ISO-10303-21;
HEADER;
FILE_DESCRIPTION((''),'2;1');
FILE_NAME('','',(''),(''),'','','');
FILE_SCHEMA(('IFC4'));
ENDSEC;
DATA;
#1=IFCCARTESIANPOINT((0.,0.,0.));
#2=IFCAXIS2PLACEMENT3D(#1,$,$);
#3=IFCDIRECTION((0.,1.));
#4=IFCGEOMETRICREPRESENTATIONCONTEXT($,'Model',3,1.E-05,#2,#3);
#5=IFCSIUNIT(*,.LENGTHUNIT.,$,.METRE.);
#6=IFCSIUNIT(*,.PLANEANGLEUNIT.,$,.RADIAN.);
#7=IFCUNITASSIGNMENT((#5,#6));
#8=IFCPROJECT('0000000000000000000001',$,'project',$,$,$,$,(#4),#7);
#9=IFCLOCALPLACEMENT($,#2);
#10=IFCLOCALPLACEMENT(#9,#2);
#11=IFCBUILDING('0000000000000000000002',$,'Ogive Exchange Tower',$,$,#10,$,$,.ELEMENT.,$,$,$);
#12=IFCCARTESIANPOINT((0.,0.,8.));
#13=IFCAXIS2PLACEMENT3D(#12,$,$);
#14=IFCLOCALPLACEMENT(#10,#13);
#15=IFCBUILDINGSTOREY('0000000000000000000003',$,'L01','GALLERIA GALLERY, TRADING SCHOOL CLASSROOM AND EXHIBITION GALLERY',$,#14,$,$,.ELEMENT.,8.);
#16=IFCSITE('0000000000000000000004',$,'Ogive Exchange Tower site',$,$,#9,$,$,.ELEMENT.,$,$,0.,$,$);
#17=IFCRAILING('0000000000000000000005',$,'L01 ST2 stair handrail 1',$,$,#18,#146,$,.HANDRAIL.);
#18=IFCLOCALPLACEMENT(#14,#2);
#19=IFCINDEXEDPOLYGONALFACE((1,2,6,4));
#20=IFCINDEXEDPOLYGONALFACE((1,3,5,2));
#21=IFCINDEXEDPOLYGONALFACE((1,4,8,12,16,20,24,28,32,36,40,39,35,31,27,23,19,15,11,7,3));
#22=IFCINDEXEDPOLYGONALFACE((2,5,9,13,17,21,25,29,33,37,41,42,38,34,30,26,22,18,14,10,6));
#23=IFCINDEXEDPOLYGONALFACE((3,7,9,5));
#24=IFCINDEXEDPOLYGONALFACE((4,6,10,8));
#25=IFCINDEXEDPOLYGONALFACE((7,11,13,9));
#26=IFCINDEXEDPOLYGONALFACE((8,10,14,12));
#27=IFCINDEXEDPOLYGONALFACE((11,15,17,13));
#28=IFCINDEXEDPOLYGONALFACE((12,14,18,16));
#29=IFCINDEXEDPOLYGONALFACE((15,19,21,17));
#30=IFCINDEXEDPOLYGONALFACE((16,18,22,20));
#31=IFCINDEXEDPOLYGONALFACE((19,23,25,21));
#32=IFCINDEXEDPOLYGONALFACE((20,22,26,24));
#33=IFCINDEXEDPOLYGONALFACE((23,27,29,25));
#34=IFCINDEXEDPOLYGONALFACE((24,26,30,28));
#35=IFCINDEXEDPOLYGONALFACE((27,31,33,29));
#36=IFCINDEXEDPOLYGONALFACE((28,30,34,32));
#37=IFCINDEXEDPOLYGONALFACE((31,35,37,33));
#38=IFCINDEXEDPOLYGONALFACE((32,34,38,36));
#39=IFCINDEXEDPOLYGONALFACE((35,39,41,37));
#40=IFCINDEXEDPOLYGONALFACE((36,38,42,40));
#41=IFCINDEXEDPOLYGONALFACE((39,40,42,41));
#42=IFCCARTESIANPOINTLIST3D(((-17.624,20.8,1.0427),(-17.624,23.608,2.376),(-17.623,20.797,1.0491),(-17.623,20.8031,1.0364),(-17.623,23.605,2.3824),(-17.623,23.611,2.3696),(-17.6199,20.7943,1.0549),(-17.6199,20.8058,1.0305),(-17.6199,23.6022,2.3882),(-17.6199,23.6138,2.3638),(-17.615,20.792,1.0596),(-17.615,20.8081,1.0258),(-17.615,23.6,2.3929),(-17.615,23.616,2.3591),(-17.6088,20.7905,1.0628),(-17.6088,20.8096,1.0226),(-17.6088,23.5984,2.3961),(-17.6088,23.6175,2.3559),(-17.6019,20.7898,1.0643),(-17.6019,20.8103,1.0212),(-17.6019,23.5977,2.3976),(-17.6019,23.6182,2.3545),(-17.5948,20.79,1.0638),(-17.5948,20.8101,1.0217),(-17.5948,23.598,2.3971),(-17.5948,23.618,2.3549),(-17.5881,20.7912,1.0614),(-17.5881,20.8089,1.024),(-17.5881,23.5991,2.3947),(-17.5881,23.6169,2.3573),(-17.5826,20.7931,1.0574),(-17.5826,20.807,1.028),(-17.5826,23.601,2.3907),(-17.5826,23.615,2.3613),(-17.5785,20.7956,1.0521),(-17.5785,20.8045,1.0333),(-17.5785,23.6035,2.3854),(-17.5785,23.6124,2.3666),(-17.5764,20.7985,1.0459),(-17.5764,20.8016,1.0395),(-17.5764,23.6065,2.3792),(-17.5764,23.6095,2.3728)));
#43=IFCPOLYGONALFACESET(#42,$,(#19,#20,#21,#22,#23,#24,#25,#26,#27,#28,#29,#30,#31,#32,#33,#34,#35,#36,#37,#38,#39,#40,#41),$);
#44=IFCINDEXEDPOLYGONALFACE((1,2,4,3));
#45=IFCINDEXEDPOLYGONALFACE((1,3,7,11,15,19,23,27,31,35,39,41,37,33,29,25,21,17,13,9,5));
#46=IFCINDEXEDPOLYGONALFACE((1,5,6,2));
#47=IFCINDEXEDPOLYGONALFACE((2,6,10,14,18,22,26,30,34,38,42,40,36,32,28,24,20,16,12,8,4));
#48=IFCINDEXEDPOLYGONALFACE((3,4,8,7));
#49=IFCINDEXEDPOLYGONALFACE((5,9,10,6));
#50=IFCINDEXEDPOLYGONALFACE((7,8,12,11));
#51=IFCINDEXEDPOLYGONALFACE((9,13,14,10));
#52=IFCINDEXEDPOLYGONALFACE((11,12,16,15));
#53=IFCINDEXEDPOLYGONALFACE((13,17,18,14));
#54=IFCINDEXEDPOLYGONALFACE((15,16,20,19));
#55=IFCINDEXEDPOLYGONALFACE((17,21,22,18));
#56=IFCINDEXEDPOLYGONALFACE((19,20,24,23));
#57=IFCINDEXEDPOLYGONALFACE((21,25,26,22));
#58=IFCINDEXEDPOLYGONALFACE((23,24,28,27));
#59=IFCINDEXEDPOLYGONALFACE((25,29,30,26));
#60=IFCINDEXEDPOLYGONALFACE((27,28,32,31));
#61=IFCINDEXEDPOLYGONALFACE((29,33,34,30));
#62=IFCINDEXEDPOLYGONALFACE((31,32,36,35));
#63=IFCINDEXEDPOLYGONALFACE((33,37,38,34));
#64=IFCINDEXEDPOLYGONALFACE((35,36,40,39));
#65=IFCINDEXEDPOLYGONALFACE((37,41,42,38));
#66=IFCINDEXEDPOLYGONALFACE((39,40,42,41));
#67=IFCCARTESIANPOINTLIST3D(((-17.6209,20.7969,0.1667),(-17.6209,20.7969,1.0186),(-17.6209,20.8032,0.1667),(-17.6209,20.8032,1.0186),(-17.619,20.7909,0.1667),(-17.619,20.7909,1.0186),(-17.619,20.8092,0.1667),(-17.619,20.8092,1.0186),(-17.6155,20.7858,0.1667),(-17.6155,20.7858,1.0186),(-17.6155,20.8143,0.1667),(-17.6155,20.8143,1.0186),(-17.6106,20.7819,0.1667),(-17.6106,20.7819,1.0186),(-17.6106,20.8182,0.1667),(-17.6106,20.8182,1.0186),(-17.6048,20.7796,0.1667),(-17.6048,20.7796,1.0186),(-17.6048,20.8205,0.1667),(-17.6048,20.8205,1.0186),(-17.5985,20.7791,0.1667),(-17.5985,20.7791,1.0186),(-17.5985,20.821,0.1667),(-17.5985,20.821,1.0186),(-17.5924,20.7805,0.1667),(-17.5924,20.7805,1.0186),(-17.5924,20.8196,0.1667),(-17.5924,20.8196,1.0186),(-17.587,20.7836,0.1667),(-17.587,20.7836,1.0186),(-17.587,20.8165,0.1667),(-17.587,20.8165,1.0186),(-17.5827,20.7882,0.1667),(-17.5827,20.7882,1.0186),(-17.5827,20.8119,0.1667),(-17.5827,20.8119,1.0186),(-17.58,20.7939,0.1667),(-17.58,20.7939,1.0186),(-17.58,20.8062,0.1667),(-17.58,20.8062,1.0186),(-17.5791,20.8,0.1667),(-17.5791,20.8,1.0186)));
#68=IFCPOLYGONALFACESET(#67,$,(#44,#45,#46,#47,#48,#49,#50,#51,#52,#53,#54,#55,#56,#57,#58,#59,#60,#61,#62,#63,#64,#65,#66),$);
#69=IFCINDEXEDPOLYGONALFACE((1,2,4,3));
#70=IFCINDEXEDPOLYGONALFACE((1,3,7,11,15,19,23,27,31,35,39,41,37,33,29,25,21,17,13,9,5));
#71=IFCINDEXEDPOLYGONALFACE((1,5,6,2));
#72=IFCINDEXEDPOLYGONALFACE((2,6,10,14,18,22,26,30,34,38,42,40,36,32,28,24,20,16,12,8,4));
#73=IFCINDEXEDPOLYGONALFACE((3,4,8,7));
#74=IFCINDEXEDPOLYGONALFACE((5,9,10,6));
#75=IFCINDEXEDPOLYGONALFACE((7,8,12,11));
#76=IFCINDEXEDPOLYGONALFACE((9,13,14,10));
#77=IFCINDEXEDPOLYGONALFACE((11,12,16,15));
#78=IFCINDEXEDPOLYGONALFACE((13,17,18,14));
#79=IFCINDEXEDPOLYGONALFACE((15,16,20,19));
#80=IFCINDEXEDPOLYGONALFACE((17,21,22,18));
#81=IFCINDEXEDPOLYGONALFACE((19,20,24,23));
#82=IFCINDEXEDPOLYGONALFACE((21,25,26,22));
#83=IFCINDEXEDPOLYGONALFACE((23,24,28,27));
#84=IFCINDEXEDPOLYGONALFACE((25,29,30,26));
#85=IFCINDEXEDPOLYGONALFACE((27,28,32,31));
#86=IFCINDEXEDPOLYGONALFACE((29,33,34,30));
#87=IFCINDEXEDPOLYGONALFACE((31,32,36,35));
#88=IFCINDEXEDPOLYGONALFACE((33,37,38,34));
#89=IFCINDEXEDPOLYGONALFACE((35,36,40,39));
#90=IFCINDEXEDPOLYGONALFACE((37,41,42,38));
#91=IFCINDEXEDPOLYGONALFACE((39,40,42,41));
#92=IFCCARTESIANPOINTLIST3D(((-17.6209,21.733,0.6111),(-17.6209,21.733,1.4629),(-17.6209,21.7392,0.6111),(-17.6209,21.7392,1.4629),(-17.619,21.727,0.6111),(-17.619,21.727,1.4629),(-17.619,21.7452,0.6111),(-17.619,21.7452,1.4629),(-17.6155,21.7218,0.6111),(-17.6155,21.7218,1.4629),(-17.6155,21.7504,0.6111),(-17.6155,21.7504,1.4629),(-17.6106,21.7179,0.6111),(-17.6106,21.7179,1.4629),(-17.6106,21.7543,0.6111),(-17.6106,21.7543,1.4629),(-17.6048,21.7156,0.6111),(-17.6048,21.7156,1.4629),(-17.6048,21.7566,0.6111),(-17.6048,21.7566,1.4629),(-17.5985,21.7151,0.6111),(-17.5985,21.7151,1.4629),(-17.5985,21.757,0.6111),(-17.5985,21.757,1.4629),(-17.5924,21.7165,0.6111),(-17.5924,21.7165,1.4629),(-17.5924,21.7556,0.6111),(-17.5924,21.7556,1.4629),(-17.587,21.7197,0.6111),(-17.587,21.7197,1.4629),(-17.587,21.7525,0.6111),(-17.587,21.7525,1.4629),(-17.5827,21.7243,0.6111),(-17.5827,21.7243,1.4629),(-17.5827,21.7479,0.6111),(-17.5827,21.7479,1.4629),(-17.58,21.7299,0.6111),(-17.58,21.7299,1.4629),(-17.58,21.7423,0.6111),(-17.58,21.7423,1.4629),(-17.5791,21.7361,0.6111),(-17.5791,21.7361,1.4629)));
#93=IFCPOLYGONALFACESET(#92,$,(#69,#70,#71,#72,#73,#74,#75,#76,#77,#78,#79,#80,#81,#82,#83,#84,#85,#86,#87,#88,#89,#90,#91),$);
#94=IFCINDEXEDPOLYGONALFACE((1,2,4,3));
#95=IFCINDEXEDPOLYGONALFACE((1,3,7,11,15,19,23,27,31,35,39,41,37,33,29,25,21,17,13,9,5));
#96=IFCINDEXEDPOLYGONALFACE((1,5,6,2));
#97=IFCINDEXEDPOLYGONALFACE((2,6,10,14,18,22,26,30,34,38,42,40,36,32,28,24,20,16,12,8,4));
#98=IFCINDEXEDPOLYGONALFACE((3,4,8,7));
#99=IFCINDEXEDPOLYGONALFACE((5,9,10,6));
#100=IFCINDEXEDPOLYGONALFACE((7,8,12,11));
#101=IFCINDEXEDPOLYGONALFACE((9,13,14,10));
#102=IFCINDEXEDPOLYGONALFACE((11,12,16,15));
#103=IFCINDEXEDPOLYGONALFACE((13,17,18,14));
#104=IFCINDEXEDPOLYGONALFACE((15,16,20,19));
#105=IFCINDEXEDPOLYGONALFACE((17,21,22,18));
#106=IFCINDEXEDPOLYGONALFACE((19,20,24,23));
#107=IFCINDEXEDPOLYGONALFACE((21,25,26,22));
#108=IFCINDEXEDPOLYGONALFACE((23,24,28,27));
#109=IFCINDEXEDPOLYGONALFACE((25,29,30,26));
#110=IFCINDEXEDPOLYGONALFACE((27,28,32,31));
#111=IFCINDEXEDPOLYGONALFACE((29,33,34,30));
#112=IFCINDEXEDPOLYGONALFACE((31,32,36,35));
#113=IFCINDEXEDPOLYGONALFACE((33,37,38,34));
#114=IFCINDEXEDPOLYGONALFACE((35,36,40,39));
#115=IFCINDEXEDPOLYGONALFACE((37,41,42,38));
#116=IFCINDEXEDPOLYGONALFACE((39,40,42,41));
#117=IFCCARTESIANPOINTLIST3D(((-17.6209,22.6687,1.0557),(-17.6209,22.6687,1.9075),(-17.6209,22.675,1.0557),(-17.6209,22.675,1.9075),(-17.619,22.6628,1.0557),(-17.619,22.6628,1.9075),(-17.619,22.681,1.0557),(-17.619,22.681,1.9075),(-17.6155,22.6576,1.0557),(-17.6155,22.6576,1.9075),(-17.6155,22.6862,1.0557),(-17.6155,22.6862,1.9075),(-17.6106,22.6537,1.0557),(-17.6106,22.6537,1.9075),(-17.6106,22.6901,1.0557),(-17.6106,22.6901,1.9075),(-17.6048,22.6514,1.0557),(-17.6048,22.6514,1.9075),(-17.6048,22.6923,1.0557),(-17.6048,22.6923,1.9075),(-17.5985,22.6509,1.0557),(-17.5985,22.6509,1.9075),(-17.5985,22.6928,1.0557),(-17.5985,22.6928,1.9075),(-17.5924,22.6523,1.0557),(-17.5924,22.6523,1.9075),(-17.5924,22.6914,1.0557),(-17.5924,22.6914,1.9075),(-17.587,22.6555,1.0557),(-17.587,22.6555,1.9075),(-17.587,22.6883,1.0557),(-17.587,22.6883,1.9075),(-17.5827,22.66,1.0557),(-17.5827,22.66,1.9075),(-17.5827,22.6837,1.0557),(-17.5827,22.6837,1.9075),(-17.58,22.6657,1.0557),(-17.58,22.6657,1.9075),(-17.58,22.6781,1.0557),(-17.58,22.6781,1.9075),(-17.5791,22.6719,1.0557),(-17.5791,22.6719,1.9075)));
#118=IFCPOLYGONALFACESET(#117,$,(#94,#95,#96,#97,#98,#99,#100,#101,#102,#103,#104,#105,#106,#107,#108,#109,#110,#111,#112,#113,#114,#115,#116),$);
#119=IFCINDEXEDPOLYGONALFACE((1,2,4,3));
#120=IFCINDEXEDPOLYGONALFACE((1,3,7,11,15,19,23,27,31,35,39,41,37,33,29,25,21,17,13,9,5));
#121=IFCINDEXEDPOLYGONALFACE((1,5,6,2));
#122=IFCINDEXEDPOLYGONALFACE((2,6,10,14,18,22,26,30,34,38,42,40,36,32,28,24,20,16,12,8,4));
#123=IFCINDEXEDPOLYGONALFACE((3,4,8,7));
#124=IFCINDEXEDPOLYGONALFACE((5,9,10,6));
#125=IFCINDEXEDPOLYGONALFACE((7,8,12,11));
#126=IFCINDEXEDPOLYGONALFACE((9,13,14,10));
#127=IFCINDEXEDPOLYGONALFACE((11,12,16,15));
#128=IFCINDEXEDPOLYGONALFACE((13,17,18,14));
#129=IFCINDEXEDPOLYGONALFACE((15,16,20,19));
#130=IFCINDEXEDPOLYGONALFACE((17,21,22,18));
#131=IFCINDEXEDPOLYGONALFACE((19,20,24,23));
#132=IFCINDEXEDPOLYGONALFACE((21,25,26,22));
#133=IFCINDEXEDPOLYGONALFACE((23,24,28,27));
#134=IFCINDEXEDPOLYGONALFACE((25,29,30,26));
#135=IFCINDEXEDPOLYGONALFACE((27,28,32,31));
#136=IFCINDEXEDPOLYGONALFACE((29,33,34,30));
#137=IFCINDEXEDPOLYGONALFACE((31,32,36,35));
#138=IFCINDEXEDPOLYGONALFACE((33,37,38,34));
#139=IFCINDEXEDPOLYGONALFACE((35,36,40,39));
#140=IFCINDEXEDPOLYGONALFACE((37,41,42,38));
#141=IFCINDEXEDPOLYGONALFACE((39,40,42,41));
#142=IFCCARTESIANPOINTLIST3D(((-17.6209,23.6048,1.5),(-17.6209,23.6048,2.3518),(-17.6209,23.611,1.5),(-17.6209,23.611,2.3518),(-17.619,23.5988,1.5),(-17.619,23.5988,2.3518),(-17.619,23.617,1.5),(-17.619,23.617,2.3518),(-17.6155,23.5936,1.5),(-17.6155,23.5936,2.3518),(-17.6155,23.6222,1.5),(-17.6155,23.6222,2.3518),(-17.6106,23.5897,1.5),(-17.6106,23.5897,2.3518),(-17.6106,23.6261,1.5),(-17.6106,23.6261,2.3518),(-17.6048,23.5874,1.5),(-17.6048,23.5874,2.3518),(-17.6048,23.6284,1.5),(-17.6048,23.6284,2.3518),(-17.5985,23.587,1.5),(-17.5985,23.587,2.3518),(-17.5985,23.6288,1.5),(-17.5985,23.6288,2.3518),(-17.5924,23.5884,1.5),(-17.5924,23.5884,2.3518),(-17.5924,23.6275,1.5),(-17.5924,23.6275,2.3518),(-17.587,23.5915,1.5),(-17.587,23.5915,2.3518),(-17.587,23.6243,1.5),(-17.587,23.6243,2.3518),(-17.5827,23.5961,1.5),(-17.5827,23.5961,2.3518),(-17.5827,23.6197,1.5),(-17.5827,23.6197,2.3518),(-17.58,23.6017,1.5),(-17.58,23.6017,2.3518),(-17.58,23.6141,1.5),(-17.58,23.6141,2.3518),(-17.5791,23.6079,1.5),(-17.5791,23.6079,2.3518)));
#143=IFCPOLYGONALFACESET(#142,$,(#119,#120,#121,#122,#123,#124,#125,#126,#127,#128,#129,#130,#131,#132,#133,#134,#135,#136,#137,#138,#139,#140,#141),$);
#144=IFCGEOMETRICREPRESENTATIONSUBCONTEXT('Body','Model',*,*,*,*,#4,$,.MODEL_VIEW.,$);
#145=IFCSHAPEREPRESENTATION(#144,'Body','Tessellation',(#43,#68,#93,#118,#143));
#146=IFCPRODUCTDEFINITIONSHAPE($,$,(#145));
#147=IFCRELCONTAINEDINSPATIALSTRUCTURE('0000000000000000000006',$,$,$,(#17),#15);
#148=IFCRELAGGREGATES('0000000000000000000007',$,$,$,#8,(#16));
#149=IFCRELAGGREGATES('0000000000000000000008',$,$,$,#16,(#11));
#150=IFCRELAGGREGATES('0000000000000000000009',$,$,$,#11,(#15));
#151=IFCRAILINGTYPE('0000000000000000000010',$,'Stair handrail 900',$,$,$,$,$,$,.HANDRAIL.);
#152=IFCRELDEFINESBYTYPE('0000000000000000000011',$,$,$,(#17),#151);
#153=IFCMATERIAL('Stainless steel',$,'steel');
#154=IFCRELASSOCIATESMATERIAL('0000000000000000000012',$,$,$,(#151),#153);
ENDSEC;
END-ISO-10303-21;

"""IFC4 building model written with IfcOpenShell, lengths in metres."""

from ifc_helpers import new_model, si_unit, direction, frame, origin, origin_2d, place, context, subcontext, project, spatial, circle, extrude, material, type_object, element, save


model = new_model("IFC4")

# Units and contexts
model_context = context("Model", 3, precision=1e-05, world=origin(), true_north=direction((0.0, 1.0)))
body_context = subcontext(model_context, "Body", "Model", "MODEL_VIEW")
ifc_project = project(units=[si_unit("LENGTHUNIT", "METRE"), si_unit("PLANEANGLEUNIT", "RADIAN")], contexts=[model_context])

# Site, building, storey
site_placement = place(None, origin())
site = spatial("IfcSite", under=ifc_project, at=site_placement, Name="Ogive Exchange Tower site", CompositionType="ELEMENT", RefElevation=0.0)
building_placement = place(site_placement, origin())
building = spatial("IfcBuilding", under=site, at=building_placement, Name="Ogive Exchange Tower", CompositionType="ELEMENT")
storey_placement = place(building_placement, frame((0.0, 0.0, 8.0)))
storey = spatial("IfcBuildingStorey", under=building, at=storey_placement, Name="L01", Description="GALLERIA GALLERY, TRADING SCHOOL CLASSROOM AND EXHIBITION GALLERY", CompositionType="ELEMENT", Elevation=8.0)

# Railing
ifc_material_1 = material(Name="Stainless steel", Category="steel")
railing_type = type_object("IfcRailingType", Name="Stair handrail 900", PredefinedType="HANDRAIL", material=ifc_material_1)
for number, where, name in (
    (1, (-17.6001, 20.8, 0.1667), "L01 ST2 stair handrail 1"),
):
    element("IfcRailing", number, at=place(storey_placement, frame(where)), inside=storey, type_object=railing_type, Name=name, PredefinedType="HANDRAIL", context=body_context, shape_type="SweptSolid", body=[
        extrude(circle(Radius=0.0239, at=origin_2d()), frame((0.0, 0.0, 0.876), z_axis=(0.0, 0.903338, 0.42893), x_axis=(-1.0, 0.0, 0.0)), (0.0, 0.0, 1.0), 3.1084),
        extrude(circle(Radius=0.021, at=origin_2d()), origin(), (0.0, 0.0, 1.0), 0.8518),
        extrude(circle(Radius=0.021, at=origin_2d()), frame((0.0, 0.936, 0.4443)), (0.0, 0.0, 1.0), 0.8518),
        extrude(circle(Radius=0.021, at=origin_2d()), frame((0.0, 1.8718, 0.8889)), (0.0, 0.0, 1.0), 0.8518),
        extrude(circle(Radius=0.021, at=origin_2d()), frame((0.0, 2.8079, 1.3333)), (0.0, 0.0, 1.0), 0.8518),
    ])

save(model, "model.ifc")
